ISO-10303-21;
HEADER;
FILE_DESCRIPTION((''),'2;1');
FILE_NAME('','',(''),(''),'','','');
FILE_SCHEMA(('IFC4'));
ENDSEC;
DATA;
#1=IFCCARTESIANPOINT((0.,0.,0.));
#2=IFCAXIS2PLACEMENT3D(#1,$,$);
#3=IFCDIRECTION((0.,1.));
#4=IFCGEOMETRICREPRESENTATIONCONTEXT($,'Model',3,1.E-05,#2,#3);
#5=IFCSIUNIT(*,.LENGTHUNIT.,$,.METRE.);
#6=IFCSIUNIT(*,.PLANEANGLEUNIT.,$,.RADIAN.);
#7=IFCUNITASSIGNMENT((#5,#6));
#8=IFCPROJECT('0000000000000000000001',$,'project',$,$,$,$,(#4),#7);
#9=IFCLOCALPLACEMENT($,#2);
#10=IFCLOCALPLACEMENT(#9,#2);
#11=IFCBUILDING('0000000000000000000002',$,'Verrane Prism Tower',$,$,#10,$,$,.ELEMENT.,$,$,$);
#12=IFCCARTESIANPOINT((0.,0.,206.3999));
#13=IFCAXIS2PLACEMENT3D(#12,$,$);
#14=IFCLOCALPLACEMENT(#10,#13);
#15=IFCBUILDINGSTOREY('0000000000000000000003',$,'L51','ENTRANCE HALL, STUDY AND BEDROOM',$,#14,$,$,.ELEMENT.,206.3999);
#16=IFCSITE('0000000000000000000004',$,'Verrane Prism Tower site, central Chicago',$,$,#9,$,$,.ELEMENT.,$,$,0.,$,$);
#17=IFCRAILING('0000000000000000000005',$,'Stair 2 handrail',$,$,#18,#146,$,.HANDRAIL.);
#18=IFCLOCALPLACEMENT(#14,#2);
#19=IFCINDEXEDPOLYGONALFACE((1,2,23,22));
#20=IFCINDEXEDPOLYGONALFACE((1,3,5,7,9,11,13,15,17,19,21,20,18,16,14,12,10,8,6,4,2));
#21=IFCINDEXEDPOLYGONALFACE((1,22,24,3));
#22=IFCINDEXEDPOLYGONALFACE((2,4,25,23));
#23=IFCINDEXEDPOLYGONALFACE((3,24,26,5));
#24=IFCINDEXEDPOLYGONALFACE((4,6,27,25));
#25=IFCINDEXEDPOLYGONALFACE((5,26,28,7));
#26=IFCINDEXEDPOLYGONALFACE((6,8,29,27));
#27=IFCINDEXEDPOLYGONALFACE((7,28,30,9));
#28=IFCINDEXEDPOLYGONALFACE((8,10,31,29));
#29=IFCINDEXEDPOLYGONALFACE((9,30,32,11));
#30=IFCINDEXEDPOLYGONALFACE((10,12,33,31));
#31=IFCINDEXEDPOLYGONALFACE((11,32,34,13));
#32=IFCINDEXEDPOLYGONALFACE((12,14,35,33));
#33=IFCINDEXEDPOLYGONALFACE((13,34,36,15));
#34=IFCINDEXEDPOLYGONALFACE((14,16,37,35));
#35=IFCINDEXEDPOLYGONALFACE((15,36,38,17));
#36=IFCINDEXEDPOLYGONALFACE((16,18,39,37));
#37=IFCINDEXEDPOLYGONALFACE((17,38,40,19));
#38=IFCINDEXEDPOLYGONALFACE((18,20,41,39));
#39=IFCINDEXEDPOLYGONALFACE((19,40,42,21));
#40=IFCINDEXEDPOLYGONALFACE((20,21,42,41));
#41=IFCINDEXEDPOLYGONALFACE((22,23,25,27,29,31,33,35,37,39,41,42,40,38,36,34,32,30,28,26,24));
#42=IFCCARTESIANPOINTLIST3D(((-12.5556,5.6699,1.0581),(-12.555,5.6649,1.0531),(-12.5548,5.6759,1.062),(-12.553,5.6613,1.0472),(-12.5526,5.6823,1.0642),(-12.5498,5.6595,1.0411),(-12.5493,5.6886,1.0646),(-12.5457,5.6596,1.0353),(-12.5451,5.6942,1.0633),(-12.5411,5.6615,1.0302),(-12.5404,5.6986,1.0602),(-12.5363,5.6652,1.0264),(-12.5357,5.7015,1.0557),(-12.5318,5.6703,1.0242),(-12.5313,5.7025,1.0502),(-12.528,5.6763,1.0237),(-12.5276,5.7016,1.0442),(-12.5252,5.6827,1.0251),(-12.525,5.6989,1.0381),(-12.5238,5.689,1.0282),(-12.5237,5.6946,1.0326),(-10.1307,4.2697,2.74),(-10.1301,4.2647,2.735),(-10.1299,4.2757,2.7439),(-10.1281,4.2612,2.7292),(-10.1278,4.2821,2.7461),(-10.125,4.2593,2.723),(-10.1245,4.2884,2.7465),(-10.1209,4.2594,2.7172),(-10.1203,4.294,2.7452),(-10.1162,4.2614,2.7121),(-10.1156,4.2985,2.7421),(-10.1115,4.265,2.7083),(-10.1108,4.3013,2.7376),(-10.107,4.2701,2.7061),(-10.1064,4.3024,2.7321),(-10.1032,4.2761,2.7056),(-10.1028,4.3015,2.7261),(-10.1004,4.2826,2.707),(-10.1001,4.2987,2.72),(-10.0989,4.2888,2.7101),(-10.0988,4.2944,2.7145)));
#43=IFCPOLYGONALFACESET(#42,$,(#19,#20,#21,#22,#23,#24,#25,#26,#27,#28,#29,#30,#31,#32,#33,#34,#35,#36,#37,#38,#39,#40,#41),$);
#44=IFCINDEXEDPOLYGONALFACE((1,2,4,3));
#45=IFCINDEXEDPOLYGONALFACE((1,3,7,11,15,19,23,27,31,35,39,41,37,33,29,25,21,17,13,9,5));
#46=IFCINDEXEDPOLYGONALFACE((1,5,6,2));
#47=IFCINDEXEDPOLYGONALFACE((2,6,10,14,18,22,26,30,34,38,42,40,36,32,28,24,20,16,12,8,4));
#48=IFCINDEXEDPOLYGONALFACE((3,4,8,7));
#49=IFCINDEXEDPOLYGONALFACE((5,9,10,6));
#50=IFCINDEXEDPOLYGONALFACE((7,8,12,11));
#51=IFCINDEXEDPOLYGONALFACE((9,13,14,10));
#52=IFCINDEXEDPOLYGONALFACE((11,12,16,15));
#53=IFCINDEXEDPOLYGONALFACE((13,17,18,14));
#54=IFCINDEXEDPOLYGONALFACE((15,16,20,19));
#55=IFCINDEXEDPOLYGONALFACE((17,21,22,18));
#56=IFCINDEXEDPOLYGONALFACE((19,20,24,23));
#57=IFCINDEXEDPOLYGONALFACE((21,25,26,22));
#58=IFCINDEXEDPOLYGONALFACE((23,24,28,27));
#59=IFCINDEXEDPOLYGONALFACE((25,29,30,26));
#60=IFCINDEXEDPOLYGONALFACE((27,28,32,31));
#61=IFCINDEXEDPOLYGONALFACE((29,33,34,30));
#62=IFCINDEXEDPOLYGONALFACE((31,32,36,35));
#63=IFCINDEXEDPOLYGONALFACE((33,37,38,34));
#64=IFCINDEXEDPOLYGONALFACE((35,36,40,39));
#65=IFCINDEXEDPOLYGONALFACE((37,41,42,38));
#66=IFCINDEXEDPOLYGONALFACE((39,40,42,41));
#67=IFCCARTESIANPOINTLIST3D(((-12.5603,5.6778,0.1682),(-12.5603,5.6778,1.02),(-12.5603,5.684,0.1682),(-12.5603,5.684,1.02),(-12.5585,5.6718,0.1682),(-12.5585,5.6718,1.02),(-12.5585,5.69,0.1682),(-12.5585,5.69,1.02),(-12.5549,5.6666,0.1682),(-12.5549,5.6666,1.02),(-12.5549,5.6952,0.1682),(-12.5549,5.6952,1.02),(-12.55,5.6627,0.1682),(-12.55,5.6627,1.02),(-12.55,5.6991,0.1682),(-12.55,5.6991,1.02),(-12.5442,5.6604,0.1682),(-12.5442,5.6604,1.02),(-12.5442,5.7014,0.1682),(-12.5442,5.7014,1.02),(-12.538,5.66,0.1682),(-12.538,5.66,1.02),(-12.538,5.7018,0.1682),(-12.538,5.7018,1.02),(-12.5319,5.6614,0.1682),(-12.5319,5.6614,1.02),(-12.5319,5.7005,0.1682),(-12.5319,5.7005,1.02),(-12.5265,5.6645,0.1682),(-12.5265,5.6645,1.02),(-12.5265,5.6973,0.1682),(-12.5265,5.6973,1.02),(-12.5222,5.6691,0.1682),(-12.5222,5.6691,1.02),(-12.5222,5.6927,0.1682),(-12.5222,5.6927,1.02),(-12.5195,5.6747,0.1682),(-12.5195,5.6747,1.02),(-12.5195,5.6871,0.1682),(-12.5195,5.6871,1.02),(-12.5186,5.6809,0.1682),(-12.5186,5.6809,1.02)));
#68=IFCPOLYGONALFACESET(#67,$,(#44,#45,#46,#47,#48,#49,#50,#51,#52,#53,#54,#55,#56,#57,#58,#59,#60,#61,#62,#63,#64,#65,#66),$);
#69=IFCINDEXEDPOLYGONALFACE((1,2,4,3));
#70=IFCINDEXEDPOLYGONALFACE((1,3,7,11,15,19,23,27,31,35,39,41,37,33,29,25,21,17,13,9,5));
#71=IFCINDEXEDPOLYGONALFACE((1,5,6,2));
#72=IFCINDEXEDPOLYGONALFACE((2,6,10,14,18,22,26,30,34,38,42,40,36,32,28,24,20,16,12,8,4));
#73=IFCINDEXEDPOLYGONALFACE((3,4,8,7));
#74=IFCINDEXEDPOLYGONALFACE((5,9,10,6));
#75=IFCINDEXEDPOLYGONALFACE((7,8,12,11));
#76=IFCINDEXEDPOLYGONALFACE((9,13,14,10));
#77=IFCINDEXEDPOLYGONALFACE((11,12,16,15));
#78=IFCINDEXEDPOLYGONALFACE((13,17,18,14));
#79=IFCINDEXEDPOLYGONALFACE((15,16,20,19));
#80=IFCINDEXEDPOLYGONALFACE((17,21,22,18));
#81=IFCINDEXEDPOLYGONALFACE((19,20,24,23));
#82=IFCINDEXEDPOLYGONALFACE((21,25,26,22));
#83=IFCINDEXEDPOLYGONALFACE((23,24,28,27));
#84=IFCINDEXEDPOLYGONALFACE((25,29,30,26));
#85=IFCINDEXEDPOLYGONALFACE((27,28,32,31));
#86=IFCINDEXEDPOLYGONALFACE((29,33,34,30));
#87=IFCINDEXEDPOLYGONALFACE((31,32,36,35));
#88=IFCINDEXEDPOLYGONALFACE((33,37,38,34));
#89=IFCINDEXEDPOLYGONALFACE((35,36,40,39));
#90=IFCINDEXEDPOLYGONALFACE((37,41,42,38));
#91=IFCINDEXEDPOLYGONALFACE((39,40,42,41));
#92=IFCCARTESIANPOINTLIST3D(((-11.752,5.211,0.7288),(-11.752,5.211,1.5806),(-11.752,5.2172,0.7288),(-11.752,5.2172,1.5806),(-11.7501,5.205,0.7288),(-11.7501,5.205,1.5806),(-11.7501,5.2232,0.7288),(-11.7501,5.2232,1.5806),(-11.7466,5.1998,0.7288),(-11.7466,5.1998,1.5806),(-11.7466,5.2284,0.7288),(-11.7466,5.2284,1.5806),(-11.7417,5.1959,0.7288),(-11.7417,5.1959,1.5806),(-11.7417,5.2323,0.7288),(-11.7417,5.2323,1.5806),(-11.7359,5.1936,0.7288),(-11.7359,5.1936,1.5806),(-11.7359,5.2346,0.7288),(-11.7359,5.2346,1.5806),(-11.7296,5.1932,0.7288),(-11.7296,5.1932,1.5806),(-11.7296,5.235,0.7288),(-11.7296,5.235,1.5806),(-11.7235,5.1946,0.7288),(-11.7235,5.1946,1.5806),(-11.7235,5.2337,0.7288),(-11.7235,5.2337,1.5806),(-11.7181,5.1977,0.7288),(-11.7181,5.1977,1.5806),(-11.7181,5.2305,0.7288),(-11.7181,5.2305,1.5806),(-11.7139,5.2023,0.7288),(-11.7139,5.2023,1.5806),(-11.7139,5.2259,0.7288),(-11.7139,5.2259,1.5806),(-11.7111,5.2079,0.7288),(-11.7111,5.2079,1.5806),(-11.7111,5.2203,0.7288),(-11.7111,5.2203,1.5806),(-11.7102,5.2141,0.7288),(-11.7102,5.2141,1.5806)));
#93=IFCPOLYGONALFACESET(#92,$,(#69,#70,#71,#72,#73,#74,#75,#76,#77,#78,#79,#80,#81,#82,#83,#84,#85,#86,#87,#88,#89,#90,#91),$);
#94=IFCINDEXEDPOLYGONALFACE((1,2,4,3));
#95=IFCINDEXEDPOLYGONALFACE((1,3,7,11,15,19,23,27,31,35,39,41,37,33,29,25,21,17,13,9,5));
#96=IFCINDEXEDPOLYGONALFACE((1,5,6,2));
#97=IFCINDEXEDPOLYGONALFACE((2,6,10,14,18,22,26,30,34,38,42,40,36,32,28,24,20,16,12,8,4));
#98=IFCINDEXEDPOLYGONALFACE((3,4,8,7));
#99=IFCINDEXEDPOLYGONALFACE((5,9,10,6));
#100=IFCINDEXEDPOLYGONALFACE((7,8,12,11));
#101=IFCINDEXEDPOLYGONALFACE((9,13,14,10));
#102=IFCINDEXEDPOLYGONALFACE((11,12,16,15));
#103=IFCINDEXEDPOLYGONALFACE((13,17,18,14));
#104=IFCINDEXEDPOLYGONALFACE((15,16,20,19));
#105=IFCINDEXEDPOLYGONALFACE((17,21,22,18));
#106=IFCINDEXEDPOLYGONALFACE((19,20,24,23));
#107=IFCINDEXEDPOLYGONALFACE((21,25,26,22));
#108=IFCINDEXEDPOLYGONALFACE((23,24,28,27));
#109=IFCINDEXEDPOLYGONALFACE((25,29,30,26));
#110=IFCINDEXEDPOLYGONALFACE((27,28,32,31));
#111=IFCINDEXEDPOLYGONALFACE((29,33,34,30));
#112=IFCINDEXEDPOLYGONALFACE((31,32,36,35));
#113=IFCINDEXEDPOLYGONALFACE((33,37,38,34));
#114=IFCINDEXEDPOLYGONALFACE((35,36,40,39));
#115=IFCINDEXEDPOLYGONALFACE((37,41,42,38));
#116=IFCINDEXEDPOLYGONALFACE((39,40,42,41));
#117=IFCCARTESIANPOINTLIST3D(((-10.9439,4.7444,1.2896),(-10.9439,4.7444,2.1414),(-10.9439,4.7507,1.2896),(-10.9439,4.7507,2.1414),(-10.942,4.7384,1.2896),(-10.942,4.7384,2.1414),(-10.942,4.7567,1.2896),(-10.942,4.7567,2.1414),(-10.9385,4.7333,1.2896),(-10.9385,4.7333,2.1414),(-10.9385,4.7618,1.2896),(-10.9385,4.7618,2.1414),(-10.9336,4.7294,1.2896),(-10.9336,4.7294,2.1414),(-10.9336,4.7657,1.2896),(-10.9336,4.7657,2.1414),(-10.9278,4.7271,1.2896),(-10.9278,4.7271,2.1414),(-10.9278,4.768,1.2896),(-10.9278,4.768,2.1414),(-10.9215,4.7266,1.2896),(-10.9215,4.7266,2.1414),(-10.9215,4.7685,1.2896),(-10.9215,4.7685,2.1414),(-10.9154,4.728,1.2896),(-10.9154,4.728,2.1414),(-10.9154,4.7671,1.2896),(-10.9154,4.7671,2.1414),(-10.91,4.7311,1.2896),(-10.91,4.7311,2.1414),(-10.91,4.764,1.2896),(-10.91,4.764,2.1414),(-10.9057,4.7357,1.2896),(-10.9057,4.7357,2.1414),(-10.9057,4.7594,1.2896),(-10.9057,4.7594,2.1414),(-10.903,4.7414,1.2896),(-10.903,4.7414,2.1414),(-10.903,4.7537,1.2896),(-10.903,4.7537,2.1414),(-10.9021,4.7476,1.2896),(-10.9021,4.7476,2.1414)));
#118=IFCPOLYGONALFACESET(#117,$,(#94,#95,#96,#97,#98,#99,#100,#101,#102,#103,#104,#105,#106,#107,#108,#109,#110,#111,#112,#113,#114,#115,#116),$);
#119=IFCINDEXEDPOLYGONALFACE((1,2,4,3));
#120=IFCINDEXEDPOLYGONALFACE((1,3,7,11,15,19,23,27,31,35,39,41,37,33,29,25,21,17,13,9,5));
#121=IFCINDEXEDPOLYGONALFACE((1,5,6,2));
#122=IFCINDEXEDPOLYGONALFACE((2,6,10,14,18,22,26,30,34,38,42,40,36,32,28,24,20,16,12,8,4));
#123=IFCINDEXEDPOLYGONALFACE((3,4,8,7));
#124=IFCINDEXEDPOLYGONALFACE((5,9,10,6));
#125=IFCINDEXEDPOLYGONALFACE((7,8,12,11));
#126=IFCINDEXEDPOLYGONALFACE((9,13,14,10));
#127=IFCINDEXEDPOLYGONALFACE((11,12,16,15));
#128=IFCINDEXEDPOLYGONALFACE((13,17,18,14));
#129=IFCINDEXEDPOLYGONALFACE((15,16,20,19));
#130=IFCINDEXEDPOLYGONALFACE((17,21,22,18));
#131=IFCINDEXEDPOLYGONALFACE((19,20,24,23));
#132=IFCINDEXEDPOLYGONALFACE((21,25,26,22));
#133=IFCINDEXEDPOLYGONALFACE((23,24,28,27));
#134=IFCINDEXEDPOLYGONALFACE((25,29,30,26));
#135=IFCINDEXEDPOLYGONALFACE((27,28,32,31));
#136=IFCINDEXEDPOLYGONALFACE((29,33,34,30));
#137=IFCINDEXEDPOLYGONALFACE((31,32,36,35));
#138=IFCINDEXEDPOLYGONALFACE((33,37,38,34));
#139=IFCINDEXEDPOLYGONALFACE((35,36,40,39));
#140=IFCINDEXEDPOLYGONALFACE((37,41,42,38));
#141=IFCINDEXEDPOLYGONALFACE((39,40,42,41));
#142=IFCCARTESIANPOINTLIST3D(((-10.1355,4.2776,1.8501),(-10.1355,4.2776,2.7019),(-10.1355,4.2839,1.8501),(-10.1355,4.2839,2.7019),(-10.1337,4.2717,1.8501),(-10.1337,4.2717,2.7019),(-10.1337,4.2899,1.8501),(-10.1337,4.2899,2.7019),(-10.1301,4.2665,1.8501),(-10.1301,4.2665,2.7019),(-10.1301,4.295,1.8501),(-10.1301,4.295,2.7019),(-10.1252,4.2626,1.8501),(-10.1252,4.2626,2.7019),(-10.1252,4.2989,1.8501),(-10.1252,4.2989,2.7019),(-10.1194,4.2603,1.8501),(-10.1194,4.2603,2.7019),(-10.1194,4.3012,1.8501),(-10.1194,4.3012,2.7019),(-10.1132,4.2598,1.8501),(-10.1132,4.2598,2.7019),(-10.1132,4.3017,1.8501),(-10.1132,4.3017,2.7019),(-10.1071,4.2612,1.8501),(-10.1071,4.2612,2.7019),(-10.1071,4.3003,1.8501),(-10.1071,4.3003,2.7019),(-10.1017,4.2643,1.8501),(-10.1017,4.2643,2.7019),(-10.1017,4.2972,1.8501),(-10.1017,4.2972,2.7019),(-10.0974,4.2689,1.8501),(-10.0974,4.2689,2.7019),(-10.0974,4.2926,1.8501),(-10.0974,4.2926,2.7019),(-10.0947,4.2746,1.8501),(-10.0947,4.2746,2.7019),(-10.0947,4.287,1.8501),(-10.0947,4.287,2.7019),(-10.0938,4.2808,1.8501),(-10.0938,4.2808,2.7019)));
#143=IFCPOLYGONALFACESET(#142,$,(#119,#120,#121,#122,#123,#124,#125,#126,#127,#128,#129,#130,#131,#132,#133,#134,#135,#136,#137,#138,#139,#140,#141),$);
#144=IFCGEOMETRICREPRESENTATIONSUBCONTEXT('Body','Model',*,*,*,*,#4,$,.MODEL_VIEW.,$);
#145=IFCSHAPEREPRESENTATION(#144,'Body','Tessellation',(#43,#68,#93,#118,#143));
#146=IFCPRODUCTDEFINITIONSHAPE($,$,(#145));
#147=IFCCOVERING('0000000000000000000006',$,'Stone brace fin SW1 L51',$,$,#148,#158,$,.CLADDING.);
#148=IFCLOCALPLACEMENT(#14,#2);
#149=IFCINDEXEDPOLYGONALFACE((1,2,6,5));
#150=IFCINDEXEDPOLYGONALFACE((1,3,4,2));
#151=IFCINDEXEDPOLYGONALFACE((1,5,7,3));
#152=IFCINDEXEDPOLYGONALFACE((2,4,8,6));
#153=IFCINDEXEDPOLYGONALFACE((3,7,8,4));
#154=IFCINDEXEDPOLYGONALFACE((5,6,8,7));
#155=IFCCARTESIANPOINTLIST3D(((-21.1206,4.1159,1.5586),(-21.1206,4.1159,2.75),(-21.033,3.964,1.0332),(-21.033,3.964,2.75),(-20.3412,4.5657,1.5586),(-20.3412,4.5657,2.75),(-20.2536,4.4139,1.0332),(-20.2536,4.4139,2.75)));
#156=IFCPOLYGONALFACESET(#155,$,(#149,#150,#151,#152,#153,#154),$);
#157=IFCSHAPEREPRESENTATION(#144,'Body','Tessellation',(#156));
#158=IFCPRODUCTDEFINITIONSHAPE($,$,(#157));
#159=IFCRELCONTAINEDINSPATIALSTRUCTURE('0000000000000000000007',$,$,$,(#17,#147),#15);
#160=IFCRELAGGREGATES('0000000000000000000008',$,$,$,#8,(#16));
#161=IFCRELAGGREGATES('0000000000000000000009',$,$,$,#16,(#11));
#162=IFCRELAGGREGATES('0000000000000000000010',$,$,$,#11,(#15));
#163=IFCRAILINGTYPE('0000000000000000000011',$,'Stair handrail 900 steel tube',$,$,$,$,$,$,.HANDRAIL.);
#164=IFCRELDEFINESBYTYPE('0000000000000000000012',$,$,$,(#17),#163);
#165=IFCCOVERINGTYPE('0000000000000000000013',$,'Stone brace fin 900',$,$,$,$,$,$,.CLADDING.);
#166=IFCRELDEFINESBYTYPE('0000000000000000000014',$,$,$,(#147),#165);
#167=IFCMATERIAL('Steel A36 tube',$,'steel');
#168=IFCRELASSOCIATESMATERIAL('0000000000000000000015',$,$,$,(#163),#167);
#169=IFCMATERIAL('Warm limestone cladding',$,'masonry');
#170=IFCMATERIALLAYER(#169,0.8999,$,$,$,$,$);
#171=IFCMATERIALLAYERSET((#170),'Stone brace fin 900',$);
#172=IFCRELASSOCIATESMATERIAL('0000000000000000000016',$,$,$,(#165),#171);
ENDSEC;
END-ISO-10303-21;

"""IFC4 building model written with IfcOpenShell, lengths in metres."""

from ifc_helpers import new_model, si_unit, direction, frame, origin, origin_2d, place, context, subcontext, project, spatial, polyline, circle, outline, extrude, material, layer, layer_set, type_object, element, save


model = new_model("IFC4")

# Units and contexts
model_context = context("Model", 3, precision=1e-05, world=origin(), true_north=direction((0.0, 1.0)))
body_context = subcontext(model_context, "Body", "Model", "MODEL_VIEW")
ifc_project = project(units=[si_unit("LENGTHUNIT", "METRE"), si_unit("PLANEANGLEUNIT", "RADIAN")], contexts=[model_context])

# Site, building, storey
site_placement = place(None, origin())
site = spatial("IfcSite", under=ifc_project, at=site_placement, Name="Verrane Prism Tower site, central Chicago", CompositionType="ELEMENT", RefElevation=0.0)
building_placement = place(site_placement, origin())
building = spatial("IfcBuilding", under=site, at=building_placement, Name="Verrane Prism Tower", CompositionType="ELEMENT")
storey_placement = place(building_placement, frame((0.0, 0.0, 206.3999)))
storey = spatial("IfcBuildingStorey", under=building, at=storey_placement, Name="L51", Description="ENTRANCE HALL, STUDY AND BEDROOM", CompositionType="ELEMENT", Elevation=206.3999)

# Railing
ifc_material_1 = material(Name="Steel A36 tube", Category="steel")
railing_type = type_object("IfcRailingType", Name="Stair handrail 900 steel tube", PredefinedType="HANDRAIL", material=ifc_material_1)
railing_placement = place(storey_placement, frame((-12.5396, 5.6809, 0.1682)))
element("IfcRailing", 1, at=railing_placement, inside=storey, type_object=railing_type, Name="Stair 2 handrail", PredefinedType="HANDRAIL", context=body_context, shape_type="SweptSolid", body=[
    extrude(circle(Radius=0.0239, at=origin_2d()), frame((0.0, 0.0, 0.876), z_axis=(0.742367, -0.428662, 0.514918), x_axis=(0.50005, 0.865997, 0.0)), (0.0, 0.0, 1.0), 3.2664),
    extrude(circle(Radius=0.021, at=origin_2d()), origin(), (0.0, 0.0, 1.0), 0.8518),
    extrude(circle(Radius=0.021, at=origin_2d()), frame((0.8083, -0.4668, 0.5605)), (0.0, 0.0, 1.0), 0.8518),
    extrude(circle(Radius=0.021, at=origin_2d()), frame((1.6165, -0.9333, 1.1213)), (0.0, 0.0, 1.0), 0.8518),
    extrude(circle(Radius=0.021, at=origin_2d()), frame((2.4248, -1.4001, 1.6819)), (0.0, 0.0, 1.0), 0.8518),
])

# Covering
ifc_material_2 = material(Name="Warm limestone cladding", Category="masonry")
ifc_layer_1 = layer(ifc_material_2, 0.8999)
ifc_layer_set_1 = layer_set([ifc_layer_1], Name="Stone brace fin 900")
covering_type = type_object("IfcCoveringType", Name="Stone brace fin 900", PredefinedType="CLADDING", material=ifc_layer_set_1)
covering_placement = place(storey_placement, frame((-20.6433, 4.189, 1.0332), z_axis=(0.0, 0.0, 1.0), x_axis=(-0.499883, 0.866093, 0.0)))
element("IfcCovering", 2, at=covering_placement, inside=storey, type_object=covering_type, Name="Stone brace fin SW1 L51", PredefinedType="CLADDING", context=body_context, shape_type="SweptSolid", body=[
    extrude(outline(polyline([(0.1753, 1.7168), (0.0, 1.7168), (0.0, 0.0), (0.1753, 0.5254), (0.1753, 1.7168)])), frame((0.0, 0.45, 0.0), z_axis=(0.0, -1.0, 0.0), x_axis=(1.0, 0.0, 0.0)), (0.0, 0.0, 1.0), 0.8999),
])

save(model, "model.ifc")
